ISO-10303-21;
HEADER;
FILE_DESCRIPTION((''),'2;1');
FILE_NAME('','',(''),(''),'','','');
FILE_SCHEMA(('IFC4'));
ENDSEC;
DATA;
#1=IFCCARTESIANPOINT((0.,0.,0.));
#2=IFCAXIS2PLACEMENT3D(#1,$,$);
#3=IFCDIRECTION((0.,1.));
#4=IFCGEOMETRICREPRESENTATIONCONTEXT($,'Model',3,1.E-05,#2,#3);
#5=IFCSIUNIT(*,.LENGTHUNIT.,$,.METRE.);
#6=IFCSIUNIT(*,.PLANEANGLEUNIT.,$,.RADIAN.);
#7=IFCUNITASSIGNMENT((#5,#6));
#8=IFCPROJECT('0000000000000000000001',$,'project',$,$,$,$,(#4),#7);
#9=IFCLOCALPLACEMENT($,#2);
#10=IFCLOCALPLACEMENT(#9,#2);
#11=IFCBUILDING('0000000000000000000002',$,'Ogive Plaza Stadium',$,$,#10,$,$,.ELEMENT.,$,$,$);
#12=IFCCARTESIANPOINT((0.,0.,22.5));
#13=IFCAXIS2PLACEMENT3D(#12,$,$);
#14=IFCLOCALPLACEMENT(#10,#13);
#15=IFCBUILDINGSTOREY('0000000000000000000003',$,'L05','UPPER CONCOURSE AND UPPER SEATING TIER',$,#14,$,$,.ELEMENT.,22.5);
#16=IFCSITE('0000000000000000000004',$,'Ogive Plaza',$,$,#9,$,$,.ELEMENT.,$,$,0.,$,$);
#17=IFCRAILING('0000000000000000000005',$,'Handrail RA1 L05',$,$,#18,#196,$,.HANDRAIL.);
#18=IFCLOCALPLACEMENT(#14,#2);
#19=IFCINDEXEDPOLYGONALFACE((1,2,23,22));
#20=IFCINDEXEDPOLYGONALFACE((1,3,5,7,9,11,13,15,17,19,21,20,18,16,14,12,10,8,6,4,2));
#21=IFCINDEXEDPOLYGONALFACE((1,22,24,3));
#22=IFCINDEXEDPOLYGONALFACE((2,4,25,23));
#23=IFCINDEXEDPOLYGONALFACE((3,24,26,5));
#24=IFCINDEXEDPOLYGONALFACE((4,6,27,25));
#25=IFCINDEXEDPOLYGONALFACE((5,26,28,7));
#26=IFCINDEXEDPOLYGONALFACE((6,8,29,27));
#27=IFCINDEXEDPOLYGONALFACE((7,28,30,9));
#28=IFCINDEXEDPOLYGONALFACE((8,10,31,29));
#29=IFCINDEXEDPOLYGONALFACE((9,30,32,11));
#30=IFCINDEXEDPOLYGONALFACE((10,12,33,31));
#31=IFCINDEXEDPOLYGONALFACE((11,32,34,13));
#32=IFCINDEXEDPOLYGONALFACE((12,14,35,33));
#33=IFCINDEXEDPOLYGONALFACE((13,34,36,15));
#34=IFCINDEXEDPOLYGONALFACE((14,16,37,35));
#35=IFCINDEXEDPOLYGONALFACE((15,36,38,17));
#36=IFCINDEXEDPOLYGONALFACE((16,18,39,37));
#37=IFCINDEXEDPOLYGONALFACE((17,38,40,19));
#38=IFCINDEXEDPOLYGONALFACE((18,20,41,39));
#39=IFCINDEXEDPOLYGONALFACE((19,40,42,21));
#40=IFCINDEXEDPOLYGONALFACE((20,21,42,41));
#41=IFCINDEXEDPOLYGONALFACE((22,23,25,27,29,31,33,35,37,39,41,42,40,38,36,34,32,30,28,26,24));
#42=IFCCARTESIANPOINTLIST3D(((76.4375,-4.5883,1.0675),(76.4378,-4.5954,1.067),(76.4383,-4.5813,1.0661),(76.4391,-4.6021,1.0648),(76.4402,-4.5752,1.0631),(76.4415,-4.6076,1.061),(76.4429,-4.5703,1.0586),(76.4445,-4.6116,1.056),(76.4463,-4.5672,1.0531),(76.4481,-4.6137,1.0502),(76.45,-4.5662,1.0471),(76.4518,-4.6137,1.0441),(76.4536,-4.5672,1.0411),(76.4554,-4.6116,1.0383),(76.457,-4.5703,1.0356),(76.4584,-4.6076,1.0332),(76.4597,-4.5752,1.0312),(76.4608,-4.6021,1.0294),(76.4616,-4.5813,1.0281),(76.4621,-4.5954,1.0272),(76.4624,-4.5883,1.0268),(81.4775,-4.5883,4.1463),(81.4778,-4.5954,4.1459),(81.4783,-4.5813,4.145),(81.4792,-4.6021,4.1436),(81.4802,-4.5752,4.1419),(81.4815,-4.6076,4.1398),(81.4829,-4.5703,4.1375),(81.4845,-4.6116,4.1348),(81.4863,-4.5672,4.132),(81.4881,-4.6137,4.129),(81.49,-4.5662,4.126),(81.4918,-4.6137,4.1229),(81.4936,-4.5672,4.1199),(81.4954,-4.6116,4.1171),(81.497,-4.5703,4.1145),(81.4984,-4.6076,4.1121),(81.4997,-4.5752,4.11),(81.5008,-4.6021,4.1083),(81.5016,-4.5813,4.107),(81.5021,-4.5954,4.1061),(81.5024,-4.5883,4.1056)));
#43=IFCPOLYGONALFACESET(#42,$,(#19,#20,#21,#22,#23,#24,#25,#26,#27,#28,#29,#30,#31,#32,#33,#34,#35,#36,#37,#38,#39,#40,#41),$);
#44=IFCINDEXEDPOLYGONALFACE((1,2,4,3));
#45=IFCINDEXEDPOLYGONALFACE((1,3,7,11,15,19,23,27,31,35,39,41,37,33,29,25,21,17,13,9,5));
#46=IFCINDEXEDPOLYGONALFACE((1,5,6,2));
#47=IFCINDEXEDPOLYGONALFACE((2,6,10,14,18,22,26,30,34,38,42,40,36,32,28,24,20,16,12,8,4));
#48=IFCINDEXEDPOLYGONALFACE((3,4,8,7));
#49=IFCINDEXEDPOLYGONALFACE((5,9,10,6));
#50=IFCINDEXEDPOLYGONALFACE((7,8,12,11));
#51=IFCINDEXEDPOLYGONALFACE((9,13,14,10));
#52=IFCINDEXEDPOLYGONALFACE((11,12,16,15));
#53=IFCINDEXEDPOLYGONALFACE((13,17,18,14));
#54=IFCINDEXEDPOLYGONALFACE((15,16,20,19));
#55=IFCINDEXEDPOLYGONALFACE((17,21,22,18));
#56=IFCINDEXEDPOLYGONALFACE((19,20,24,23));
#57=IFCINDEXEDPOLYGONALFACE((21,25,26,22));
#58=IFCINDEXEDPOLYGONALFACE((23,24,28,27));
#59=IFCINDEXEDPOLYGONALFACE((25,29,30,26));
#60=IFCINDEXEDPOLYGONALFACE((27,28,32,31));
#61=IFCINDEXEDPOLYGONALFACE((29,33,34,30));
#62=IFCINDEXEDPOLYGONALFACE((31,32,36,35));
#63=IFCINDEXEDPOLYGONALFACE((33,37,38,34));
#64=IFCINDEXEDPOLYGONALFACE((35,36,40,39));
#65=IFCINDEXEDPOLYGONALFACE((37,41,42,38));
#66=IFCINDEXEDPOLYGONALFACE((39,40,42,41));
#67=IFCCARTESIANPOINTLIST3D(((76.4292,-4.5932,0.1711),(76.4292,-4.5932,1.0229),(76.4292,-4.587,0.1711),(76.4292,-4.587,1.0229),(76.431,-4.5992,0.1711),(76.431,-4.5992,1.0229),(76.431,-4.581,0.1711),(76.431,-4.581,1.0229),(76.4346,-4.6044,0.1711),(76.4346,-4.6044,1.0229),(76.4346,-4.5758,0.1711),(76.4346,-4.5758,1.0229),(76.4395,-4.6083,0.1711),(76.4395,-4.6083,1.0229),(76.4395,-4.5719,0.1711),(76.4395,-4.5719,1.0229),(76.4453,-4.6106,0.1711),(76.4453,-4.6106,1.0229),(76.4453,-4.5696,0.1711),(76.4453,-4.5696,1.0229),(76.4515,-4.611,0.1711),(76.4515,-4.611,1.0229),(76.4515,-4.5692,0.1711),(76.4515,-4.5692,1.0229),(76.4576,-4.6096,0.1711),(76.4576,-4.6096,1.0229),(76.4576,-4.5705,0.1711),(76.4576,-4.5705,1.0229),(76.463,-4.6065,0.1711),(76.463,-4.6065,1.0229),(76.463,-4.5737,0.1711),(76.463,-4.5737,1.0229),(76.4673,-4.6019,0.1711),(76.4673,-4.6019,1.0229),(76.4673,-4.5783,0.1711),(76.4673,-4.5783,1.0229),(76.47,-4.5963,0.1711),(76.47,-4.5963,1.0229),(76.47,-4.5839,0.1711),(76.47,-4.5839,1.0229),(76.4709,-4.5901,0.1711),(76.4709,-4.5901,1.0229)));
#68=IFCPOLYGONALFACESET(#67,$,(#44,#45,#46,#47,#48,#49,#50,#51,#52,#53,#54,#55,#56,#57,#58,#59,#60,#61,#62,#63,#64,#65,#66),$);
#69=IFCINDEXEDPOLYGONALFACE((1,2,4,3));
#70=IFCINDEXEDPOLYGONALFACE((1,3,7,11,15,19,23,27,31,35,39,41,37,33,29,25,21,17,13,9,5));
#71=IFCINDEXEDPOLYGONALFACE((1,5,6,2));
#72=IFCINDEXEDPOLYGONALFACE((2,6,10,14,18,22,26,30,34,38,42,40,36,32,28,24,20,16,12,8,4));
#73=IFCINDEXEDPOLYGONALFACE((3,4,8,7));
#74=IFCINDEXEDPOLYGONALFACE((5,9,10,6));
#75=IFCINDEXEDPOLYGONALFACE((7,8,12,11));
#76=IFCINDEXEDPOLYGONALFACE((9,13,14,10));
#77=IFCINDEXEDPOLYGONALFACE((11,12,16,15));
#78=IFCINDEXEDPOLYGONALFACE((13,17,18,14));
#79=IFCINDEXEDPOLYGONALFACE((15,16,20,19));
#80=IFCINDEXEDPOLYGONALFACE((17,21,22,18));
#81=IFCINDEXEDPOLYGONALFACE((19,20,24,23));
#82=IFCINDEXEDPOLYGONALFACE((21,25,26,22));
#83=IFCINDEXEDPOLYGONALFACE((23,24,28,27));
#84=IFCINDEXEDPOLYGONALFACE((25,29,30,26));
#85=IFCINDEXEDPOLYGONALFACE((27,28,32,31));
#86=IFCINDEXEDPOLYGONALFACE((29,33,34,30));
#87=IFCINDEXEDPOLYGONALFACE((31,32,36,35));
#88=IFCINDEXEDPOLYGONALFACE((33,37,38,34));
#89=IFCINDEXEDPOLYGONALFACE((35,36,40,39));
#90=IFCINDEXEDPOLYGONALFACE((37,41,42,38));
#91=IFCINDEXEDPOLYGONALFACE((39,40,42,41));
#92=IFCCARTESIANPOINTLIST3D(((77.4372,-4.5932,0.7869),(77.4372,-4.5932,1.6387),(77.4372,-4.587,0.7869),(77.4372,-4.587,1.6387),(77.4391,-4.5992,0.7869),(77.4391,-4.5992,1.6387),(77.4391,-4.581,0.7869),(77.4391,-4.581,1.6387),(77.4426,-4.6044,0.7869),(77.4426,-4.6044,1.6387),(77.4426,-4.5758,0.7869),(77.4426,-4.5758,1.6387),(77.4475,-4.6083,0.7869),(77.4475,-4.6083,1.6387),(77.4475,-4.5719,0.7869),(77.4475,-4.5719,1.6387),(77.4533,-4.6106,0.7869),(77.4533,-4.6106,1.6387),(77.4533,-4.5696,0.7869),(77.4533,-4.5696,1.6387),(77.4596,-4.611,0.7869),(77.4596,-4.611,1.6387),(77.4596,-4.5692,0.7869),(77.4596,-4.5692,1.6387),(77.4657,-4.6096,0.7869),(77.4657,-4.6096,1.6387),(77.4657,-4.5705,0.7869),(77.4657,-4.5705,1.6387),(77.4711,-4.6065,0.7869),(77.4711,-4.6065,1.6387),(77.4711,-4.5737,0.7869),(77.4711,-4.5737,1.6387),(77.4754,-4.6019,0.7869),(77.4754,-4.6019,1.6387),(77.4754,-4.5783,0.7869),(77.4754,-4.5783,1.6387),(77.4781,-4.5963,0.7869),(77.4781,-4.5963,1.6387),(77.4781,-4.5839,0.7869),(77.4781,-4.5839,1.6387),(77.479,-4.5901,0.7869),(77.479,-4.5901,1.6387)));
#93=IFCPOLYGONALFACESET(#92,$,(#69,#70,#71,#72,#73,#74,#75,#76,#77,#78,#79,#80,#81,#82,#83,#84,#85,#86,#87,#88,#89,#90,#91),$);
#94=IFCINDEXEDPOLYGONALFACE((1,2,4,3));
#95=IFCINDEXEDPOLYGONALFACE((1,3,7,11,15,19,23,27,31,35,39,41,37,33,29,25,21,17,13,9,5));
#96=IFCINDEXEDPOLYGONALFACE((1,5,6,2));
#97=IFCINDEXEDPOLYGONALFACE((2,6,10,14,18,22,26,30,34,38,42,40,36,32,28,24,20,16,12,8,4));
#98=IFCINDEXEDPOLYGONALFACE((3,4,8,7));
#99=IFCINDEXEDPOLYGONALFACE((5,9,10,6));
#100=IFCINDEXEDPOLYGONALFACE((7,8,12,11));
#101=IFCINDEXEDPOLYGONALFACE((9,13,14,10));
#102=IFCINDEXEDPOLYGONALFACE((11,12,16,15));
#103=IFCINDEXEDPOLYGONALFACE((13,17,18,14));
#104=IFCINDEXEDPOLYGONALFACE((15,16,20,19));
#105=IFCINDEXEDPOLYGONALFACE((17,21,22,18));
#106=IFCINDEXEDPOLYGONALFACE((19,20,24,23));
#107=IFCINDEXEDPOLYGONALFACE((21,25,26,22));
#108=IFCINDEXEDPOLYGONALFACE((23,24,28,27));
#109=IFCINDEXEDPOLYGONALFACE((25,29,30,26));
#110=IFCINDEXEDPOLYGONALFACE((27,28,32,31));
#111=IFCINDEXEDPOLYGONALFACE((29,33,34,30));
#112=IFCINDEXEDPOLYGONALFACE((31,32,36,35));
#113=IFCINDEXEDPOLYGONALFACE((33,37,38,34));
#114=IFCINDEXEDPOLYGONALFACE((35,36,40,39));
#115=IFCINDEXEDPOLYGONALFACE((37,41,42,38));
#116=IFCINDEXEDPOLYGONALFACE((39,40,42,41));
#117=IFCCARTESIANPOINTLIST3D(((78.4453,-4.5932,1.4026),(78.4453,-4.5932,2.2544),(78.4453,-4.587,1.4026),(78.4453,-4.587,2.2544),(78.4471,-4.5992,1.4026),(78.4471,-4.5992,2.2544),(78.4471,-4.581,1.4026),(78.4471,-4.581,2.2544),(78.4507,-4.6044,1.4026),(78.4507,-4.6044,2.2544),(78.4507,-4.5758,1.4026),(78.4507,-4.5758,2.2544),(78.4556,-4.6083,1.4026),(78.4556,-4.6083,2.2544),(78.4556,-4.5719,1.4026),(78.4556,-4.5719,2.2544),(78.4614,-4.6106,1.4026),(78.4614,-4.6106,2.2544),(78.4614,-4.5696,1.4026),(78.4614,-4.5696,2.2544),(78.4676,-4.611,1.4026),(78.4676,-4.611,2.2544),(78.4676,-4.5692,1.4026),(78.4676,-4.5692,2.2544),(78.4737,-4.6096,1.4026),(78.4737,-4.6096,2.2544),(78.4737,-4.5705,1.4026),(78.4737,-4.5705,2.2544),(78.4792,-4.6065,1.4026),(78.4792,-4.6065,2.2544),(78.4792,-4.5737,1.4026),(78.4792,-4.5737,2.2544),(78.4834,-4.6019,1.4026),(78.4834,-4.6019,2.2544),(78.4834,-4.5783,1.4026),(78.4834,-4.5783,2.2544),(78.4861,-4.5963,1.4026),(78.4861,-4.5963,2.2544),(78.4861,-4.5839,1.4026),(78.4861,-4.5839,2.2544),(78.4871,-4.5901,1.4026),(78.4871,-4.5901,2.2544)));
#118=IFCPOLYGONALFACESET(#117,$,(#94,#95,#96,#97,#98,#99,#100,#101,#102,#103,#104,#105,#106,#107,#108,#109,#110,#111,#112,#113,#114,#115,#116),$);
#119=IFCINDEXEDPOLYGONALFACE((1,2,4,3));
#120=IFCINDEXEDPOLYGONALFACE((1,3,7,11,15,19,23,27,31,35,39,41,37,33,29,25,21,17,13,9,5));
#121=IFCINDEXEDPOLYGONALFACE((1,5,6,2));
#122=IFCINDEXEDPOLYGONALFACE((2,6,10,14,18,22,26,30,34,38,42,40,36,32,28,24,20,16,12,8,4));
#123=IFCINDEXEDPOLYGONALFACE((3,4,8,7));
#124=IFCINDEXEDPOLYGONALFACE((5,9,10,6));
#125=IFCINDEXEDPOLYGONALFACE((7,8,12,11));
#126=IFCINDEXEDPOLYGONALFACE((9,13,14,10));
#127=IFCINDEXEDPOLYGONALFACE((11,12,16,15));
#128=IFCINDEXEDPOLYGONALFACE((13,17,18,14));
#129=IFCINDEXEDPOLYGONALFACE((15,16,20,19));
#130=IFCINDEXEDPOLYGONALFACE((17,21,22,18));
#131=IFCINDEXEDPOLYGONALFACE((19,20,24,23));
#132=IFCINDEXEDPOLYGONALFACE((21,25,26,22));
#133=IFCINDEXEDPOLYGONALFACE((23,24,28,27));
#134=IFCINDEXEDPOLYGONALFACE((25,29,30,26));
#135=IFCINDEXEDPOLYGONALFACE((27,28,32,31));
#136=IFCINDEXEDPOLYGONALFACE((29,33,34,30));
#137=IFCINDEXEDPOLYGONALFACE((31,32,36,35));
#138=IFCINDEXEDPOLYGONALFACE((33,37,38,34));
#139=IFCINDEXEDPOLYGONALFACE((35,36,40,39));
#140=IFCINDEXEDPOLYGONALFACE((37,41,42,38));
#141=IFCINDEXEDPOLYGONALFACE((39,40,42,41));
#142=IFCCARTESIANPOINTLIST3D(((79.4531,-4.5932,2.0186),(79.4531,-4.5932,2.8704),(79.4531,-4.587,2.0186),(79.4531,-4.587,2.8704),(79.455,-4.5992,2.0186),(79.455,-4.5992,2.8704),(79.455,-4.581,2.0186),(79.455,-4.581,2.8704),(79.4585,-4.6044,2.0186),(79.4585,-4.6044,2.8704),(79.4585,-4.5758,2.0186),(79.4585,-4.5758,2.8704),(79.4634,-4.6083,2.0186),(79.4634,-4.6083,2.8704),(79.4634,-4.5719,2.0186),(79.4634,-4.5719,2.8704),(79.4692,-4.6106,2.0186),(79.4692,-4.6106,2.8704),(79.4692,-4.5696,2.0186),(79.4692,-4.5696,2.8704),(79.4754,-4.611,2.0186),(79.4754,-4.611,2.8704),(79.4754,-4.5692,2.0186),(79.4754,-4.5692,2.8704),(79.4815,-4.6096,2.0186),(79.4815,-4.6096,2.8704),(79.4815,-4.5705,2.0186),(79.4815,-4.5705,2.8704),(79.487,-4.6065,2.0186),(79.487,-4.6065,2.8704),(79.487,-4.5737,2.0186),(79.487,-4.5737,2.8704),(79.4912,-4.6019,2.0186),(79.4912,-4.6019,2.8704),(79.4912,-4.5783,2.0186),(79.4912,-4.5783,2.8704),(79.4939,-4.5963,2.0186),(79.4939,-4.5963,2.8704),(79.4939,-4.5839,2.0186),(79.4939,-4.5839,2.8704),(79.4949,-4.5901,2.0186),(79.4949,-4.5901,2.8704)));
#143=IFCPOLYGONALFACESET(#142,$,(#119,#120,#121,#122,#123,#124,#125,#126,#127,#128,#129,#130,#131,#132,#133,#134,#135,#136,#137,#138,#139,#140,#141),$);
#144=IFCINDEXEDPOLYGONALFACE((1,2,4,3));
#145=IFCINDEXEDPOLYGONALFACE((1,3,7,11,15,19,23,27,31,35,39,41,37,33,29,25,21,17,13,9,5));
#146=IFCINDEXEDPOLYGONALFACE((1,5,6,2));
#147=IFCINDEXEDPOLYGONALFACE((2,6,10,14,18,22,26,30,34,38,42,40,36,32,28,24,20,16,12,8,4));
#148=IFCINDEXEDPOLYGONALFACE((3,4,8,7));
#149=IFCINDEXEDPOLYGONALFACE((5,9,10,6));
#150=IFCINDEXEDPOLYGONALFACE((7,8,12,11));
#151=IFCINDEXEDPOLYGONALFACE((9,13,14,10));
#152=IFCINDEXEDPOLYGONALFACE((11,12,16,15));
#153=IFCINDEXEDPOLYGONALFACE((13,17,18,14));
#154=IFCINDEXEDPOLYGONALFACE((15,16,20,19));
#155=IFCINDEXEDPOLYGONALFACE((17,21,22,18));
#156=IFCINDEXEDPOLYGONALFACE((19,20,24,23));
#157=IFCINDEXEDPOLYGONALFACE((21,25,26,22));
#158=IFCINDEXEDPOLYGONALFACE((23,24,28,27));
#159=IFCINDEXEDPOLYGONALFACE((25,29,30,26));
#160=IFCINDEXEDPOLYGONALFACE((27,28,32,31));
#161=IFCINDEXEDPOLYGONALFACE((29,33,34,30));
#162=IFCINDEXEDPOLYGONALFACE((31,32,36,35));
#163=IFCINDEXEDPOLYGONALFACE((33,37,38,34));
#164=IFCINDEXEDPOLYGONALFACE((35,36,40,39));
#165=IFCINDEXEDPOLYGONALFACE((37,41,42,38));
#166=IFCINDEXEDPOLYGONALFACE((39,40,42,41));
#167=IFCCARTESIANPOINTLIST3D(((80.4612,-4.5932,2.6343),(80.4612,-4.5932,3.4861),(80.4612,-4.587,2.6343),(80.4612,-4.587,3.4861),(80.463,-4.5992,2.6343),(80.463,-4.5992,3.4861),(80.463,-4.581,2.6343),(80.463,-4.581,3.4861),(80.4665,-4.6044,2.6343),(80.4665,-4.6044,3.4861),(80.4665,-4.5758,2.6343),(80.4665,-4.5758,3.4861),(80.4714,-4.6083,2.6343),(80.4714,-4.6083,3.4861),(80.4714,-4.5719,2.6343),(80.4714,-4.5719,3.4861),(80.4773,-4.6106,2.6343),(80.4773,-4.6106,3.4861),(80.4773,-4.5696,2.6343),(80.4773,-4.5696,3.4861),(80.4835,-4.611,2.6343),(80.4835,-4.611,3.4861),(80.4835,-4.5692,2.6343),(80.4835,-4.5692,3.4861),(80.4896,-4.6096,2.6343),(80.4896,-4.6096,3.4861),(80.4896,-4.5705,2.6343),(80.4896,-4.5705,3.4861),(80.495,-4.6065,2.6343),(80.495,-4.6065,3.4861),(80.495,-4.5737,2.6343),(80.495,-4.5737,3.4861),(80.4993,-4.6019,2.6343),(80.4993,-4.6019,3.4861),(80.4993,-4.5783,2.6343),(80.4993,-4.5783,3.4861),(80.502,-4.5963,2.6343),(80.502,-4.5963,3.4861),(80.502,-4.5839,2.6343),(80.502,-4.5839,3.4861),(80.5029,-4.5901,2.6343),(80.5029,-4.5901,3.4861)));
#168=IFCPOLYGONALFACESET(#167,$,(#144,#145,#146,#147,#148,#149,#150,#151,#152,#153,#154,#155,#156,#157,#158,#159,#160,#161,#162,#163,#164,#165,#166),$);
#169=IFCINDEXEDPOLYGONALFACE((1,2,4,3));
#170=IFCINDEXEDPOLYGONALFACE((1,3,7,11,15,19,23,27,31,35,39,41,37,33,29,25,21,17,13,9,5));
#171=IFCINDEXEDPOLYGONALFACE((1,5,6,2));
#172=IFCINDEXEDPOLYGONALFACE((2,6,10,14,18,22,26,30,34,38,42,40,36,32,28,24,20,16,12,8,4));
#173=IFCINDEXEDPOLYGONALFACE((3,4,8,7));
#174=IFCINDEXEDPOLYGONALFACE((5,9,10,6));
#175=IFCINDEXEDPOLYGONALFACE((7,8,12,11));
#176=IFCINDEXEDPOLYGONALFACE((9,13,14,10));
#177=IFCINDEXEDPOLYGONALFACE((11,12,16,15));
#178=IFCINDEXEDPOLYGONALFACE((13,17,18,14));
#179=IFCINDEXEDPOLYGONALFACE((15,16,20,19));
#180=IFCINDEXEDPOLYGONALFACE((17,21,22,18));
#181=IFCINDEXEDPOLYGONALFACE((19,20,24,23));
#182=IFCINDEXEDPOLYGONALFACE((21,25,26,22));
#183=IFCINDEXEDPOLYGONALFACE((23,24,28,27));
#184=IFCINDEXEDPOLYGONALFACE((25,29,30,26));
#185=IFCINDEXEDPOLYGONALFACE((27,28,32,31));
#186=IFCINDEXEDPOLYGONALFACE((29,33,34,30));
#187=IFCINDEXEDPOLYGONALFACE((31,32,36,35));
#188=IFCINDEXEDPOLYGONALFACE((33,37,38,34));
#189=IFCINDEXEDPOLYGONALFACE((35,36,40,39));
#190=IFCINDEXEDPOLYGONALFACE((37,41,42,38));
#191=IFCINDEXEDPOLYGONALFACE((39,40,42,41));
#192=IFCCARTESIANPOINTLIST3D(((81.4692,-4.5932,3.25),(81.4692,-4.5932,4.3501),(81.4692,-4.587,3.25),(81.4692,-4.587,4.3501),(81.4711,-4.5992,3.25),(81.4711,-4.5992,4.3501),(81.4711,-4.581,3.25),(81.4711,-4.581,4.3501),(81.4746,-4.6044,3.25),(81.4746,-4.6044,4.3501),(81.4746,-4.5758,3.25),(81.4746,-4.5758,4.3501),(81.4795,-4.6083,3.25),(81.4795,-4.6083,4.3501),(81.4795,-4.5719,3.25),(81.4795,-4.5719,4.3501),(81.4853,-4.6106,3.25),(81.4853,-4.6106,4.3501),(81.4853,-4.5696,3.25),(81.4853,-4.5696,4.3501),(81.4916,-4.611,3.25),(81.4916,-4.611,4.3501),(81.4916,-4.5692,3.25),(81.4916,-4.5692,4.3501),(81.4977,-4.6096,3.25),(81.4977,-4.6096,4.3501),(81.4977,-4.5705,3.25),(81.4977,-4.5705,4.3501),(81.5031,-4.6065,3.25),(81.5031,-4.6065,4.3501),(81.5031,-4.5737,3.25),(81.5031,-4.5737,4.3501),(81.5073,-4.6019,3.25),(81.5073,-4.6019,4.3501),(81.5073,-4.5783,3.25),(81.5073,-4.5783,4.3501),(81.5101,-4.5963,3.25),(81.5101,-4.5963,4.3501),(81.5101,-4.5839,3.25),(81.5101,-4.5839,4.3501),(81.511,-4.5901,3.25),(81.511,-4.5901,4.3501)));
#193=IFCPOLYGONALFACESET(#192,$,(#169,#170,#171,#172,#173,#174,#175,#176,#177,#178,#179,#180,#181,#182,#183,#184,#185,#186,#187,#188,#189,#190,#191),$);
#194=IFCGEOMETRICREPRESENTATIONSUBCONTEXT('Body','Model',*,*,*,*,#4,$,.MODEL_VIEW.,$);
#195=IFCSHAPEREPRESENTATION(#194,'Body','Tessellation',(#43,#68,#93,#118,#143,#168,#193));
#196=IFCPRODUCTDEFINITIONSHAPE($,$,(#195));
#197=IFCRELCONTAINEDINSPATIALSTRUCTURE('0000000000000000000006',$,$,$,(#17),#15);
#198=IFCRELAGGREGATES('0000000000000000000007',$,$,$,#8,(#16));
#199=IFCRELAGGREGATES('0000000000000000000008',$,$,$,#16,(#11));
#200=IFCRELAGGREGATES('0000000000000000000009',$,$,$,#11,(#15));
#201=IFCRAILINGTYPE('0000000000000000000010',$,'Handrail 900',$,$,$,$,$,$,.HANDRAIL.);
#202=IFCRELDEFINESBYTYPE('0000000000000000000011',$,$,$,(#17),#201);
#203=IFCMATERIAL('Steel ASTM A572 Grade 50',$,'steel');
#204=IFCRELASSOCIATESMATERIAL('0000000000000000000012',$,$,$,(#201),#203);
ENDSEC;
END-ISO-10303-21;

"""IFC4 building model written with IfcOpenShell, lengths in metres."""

from ifc_helpers import new_model, si_unit, direction, frame, origin, origin_2d, place, context, subcontext, project, spatial, circle, extrude, material, type_object, element, save


model = new_model("IFC4")

# Units and contexts
model_context = context("Model", 3, precision=1e-05, world=origin(), true_north=direction((0.0, 1.0)))
body_context = subcontext(model_context, "Body", "Model", "MODEL_VIEW")
ifc_project = project(units=[si_unit("LENGTHUNIT", "METRE"), si_unit("PLANEANGLEUNIT", "RADIAN")], contexts=[model_context])

# Site, building, storey
site_placement = place(None, origin())
site = spatial("IfcSite", under=ifc_project, at=site_placement, Name="Ogive Plaza", CompositionType="ELEMENT", RefElevation=0.0)
building_placement = place(site_placement, origin())
building = spatial("IfcBuilding", under=site, at=building_placement, Name="Ogive Plaza Stadium", CompositionType="ELEMENT")
storey_placement = place(building_placement, frame((0.0, 0.0, 22.5)))
storey = spatial("IfcBuildingStorey", under=building, at=storey_placement, Name="L05", Description="UPPER CONCOURSE AND UPPER SEATING TIER", CompositionType="ELEMENT", Elevation=22.5)

# Railing
ifc_material_1 = material(Name="Steel ASTM A572 Grade 50", Category="steel")
railing_type_1 = type_object("IfcRailingType", Name="Handrail 900", PredefinedType="HANDRAIL", material=ifc_material_1)
for number, where, name in (
    (1, (76.45, -4.5901, 0.1711), "Handrail RA1 L05"),
):
    element("IfcRailing", number, at=place(storey_placement, frame(where)), inside=storey, type_object=railing_type_1, Name=name, PredefinedType="HANDRAIL", context=body_context, shape_type="SweptSolid", body=[
        extrude(circle(Radius=0.0239, at=origin_2d()), frame((0.0, 0.0, 0.876), z_axis=(0.85337, 0.0, 0.521306), x_axis=(0.0, 1.0, 0.0)), (0.0, 0.0, 1.0), 5.906),
        extrude(circle(Radius=0.021, at=origin_2d()), origin(), (0.0, 0.0, 1.0), 0.8518),
        extrude(circle(Radius=0.021, at=origin_2d()), frame((1.0081, 0.0, 0.6157)), (0.0, 0.0, 1.0), 0.8518),
        extrude(circle(Radius=0.021, at=origin_2d()), frame((2.0161, 0.0, 1.2314)), (0.0, 0.0, 1.0), 0.8518),
        extrude(circle(Radius=0.021, at=origin_2d()), frame((3.0239, 0.0, 1.8474)), (0.0, 0.0, 1.0), 0.8518),
        extrude(circle(Radius=0.021, at=origin_2d()), frame((4.032, 0.0, 2.4631)), (0.0, 0.0, 1.0), 0.8518),
        extrude(circle(Radius=0.021, at=origin_2d()), frame((5.04, 0.0, 3.0789)), (0.0, 0.0, 1.0), 1.1001),
    ])

save(model, "model.ifc")
